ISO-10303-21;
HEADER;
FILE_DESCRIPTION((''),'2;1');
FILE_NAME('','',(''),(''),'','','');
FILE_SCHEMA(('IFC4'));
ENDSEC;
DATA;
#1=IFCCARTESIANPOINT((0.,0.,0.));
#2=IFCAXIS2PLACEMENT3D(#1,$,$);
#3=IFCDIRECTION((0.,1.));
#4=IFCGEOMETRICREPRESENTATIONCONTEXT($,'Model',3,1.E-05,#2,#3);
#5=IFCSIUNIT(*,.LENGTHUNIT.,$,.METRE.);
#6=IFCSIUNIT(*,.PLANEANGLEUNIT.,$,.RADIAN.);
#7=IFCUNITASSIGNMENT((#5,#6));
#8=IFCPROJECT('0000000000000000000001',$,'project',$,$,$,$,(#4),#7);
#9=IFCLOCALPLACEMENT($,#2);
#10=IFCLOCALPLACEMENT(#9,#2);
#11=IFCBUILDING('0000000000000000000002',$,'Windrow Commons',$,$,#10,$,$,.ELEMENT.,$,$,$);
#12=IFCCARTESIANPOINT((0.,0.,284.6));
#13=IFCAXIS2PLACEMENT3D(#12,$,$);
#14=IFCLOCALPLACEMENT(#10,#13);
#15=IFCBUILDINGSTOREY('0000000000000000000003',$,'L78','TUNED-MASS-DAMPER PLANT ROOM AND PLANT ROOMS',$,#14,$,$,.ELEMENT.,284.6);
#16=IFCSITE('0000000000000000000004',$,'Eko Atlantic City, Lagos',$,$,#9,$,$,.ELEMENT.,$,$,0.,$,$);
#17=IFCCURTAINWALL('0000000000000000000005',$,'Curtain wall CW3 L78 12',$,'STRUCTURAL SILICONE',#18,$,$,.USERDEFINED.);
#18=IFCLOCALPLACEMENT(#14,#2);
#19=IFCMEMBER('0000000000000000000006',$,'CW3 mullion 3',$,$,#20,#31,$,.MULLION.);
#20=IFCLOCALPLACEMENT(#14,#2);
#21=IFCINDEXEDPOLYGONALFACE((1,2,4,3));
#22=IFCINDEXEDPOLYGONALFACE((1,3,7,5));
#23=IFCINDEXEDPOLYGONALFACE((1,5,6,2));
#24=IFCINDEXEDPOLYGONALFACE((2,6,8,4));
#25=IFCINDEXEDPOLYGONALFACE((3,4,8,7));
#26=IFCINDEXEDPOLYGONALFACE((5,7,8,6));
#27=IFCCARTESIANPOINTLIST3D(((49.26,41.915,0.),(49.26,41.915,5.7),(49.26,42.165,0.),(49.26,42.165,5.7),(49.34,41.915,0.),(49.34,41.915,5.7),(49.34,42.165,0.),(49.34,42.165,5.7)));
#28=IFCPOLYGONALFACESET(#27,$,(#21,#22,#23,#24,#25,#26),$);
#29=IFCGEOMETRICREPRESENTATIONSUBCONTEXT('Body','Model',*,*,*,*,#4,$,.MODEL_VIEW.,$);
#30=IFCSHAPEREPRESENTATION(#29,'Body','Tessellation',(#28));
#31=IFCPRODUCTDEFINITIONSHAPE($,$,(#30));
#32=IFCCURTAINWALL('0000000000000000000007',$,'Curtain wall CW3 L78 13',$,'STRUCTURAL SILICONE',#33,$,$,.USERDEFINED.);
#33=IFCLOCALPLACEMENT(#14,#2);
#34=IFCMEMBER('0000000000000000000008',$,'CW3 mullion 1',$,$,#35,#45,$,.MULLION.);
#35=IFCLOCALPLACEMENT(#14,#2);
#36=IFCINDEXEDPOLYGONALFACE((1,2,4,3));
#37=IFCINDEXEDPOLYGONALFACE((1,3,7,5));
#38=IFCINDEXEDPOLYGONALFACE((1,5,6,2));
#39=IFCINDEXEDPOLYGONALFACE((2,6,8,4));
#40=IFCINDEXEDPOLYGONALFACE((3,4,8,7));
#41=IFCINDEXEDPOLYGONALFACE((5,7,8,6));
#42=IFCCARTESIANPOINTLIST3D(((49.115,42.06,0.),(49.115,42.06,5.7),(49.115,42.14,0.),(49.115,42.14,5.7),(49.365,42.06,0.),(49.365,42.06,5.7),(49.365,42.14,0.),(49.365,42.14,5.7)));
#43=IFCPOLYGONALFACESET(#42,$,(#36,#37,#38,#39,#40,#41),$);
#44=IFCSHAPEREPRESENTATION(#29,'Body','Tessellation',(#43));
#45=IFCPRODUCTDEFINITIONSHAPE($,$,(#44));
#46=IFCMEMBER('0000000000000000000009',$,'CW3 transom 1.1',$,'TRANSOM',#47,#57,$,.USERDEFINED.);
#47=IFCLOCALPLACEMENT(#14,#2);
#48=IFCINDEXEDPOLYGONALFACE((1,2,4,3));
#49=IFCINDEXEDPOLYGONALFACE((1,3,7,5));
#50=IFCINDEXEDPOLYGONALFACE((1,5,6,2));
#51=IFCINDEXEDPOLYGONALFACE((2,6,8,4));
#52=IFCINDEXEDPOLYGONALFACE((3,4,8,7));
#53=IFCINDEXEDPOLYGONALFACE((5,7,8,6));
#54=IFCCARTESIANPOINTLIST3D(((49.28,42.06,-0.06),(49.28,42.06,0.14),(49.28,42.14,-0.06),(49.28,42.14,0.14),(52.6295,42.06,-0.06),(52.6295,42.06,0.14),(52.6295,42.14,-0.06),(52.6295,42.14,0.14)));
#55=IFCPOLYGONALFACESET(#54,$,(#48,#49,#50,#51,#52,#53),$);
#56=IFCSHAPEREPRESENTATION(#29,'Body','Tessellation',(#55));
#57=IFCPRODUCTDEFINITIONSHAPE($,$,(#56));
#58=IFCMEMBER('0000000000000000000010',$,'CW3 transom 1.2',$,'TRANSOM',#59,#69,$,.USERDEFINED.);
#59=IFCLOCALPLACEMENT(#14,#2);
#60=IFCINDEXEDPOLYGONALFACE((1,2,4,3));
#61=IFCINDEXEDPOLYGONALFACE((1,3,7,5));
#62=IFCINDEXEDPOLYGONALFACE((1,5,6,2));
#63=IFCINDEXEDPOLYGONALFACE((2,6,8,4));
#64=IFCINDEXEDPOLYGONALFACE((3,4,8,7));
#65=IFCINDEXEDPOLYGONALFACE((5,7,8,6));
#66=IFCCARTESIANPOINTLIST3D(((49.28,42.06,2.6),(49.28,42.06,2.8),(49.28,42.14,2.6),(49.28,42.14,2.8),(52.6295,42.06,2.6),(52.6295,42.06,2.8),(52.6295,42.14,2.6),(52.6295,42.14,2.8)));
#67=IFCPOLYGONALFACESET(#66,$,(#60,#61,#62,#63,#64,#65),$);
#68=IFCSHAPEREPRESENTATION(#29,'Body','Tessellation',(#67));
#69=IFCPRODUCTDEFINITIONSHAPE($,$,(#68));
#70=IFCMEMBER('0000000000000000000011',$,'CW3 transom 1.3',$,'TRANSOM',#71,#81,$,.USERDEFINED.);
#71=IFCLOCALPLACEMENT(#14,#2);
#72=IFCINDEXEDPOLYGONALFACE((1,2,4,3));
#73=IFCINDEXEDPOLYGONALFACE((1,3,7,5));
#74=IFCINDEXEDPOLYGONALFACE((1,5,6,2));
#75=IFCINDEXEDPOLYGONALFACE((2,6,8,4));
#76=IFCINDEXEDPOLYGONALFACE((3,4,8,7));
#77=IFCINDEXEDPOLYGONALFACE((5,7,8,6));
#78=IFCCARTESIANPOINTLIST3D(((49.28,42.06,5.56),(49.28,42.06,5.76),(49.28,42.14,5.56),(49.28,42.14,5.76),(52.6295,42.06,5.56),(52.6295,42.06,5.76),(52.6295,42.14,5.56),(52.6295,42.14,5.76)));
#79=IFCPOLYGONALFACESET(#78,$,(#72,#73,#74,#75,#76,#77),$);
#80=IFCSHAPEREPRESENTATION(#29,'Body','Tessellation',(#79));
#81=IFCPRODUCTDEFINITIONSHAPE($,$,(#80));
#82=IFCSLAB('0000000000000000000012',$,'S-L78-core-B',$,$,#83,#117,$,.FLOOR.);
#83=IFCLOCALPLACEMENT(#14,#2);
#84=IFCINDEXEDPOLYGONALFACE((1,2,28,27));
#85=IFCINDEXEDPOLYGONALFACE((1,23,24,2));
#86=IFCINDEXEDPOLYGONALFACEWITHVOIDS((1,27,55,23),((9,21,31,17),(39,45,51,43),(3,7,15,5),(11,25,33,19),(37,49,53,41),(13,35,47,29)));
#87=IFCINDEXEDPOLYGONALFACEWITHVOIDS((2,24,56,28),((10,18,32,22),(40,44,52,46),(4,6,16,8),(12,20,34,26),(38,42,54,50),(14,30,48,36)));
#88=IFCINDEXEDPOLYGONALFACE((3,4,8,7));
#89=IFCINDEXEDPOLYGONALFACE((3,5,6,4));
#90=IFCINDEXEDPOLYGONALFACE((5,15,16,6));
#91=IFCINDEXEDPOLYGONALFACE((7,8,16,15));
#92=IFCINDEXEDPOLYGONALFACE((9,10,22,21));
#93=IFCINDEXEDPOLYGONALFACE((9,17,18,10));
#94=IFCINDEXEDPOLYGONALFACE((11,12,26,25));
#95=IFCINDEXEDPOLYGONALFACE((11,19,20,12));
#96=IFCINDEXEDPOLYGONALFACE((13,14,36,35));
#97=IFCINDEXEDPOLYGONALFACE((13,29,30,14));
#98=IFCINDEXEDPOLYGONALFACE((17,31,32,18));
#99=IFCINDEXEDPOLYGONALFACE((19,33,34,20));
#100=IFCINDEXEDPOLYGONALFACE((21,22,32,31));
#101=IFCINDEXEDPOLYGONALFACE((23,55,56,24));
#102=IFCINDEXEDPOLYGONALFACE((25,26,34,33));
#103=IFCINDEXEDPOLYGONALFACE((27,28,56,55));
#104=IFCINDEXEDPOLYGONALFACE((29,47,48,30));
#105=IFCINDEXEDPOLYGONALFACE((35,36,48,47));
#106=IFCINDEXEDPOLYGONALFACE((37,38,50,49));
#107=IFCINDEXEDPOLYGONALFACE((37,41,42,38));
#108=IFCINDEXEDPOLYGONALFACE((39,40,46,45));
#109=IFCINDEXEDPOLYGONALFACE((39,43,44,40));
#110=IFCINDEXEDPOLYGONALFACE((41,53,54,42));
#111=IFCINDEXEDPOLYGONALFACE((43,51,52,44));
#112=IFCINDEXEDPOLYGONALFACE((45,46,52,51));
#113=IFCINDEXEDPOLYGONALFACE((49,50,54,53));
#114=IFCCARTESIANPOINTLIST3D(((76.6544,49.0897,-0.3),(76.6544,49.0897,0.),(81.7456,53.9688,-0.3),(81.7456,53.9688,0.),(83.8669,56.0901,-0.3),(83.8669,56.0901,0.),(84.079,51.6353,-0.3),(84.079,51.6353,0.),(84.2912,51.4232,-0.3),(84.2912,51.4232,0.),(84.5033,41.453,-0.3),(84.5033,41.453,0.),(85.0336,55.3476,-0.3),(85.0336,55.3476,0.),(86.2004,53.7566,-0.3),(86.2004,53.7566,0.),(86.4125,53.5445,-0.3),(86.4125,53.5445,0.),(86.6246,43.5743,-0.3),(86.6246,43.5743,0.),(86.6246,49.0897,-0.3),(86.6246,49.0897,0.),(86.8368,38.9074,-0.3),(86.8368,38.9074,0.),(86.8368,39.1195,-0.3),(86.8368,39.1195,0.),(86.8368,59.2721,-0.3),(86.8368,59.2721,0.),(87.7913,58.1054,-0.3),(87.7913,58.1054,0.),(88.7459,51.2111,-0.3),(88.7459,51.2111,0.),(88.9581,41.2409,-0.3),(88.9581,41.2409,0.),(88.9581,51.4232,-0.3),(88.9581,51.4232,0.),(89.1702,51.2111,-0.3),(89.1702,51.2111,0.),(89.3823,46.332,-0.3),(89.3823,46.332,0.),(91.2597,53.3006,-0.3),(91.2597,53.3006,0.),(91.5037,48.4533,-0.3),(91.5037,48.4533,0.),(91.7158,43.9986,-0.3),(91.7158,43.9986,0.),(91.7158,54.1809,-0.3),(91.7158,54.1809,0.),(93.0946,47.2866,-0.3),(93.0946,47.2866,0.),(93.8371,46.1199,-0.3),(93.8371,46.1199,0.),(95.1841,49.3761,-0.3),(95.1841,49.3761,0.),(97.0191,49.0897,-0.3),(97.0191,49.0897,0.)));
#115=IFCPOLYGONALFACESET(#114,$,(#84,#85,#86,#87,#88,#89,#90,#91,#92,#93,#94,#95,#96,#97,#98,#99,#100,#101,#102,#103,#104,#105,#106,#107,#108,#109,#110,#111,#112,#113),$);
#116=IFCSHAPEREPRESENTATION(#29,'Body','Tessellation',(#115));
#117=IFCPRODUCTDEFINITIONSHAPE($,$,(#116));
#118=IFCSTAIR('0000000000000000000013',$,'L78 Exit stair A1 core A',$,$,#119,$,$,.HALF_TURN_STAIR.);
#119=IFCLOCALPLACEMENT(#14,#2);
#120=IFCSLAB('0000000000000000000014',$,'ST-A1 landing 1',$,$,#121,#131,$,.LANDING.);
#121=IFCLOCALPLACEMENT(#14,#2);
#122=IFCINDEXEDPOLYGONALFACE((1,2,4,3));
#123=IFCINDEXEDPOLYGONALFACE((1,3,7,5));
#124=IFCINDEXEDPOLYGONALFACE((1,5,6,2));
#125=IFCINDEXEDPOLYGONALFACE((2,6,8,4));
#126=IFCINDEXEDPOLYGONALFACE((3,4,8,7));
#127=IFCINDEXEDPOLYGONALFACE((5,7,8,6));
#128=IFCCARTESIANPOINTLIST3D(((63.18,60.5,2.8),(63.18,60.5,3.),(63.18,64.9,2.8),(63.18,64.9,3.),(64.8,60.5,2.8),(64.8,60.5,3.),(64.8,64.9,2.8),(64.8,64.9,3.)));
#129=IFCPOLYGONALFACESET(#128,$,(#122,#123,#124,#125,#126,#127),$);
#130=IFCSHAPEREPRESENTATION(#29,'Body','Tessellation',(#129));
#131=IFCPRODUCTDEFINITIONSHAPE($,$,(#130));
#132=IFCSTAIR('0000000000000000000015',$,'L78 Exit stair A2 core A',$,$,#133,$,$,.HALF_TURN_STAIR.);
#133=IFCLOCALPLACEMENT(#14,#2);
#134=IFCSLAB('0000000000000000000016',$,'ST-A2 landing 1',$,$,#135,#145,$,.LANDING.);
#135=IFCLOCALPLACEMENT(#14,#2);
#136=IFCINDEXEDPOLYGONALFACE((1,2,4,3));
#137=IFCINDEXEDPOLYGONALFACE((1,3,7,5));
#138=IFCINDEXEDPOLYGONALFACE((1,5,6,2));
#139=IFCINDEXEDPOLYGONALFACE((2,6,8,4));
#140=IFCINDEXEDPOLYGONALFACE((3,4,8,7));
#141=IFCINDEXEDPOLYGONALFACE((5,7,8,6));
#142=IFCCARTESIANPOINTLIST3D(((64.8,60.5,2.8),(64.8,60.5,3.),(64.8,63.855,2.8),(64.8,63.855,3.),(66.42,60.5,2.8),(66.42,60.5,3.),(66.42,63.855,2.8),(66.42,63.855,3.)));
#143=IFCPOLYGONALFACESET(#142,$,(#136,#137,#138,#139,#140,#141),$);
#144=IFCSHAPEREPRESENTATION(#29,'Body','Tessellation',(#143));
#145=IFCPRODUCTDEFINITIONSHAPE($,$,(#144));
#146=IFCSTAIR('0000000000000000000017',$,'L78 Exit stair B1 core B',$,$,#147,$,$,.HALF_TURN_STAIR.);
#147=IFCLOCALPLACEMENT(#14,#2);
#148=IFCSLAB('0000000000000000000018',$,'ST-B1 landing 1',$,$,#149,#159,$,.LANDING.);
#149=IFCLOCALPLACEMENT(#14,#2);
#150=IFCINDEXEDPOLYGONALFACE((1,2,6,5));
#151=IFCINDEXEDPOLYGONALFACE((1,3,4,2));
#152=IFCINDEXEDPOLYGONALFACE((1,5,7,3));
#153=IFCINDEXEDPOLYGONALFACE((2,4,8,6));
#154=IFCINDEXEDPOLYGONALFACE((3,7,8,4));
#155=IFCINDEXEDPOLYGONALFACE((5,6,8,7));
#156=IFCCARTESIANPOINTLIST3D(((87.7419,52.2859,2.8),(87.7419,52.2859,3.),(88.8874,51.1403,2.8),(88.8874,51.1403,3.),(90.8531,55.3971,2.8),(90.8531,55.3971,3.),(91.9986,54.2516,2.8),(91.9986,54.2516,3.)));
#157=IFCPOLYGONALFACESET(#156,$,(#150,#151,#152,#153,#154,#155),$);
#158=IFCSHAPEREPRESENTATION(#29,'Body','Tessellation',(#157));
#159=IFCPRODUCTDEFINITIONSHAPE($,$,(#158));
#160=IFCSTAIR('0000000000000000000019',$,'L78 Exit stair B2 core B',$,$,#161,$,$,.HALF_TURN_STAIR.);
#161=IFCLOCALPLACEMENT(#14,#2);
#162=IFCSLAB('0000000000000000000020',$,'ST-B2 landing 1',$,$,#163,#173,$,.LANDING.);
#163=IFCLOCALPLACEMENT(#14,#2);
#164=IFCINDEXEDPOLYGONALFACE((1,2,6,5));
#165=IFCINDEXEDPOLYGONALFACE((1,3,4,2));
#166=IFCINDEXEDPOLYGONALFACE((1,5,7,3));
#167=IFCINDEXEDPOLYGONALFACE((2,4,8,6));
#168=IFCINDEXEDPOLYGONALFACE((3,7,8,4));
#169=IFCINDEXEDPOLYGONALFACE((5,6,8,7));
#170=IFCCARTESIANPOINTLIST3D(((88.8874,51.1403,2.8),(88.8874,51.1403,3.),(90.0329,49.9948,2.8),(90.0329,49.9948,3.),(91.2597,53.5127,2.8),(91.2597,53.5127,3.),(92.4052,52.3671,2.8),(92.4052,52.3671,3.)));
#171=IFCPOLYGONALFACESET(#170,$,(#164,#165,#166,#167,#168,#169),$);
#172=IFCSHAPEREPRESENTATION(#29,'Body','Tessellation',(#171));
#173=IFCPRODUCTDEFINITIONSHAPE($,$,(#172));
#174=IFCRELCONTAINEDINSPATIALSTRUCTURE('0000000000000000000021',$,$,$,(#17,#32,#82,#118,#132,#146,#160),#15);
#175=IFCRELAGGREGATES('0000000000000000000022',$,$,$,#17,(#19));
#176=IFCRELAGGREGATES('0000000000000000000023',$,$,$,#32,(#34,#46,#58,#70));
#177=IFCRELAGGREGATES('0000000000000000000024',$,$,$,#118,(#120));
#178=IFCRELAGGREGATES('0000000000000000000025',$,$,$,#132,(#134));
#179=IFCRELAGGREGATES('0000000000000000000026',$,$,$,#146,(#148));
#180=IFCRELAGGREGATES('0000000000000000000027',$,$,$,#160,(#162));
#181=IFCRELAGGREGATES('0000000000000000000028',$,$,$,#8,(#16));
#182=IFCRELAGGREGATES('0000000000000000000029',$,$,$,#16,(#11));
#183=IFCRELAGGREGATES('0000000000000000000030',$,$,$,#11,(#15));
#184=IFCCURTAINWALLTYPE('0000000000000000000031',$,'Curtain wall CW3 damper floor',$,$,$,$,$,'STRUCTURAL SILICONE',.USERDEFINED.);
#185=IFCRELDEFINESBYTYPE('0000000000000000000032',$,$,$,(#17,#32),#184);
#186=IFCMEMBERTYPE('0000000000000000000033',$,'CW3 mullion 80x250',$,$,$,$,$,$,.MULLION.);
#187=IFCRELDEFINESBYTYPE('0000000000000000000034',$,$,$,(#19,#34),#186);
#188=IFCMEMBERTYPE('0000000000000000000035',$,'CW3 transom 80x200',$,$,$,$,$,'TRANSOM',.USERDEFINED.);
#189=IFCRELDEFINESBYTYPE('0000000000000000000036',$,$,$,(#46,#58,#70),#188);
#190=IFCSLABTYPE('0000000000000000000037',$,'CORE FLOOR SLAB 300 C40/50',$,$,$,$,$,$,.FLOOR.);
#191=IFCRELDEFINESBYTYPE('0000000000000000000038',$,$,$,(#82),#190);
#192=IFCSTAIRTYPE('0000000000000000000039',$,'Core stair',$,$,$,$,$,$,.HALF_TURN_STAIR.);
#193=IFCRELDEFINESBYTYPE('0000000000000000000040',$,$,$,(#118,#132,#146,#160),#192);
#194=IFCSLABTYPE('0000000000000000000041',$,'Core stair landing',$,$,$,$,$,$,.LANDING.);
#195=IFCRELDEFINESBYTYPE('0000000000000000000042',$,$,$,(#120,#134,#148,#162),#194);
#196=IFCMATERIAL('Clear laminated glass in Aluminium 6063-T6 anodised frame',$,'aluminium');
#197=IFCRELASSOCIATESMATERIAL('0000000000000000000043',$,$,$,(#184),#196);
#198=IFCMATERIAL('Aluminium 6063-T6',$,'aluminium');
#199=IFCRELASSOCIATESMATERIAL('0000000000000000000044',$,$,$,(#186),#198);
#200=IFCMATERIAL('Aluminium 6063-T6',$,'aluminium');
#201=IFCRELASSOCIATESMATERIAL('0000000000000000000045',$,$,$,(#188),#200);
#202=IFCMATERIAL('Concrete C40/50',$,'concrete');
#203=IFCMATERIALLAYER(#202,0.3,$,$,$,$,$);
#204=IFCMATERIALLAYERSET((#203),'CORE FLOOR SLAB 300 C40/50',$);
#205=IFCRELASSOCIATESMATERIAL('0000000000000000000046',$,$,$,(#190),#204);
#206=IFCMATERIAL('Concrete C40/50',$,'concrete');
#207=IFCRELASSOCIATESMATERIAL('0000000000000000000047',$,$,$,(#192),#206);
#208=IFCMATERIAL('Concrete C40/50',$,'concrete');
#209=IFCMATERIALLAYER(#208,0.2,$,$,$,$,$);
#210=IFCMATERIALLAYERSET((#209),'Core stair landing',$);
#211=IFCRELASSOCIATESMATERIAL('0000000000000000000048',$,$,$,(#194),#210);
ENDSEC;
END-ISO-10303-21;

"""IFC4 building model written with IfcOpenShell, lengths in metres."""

from ifc_helpers import new_model, si_unit, direction, frame, origin, origin_2d, place, context, subcontext, project, spatial, polyline, rectangle, outline, extrude, material, layer, layer_set, material_profile, profile_set, type_object, element, aggregate, save


model = new_model("IFC4")

# Units and contexts
model_context = context("Model", 3, precision=1e-05, world=origin(), true_north=direction((0.0, 1.0)))
body_context = subcontext(model_context, "Body", "Model", "MODEL_VIEW")
ifc_project = project(units=[si_unit("LENGTHUNIT", "METRE"), si_unit("PLANEANGLEUNIT", "RADIAN")], contexts=[model_context])

# Site, building, storey
site_placement = place(None, origin())
site = spatial("IfcSite", under=ifc_project, at=site_placement, Name="Eko Atlantic City, Lagos", CompositionType="ELEMENT", RefElevation=0.0)
building_placement = place(site_placement, origin())
building = spatial("IfcBuilding", under=site, at=building_placement, Name="Windrow Commons", CompositionType="ELEMENT")
storey_placement = place(building_placement, frame((0.0, 0.0, 284.6)))
storey = spatial("IfcBuildingStorey", under=building, at=storey_placement, Name="L78", Description="TUNED-MASS-DAMPER PLANT ROOM AND PLANT ROOMS", CompositionType="ELEMENT", Elevation=284.6)

# Curtain wall, member
ifc_material_1 = material(Name="Clear laminated glass in Aluminium 6063-T6 anodised frame", Category="aluminium")
curtain_wall_type = type_object("IfcCurtainWallType", Name="Curtain wall CW3 damper floor", ElementType="STRUCTURAL SILICONE", PredefinedType="USERDEFINED", material=ifc_material_1)
placement_1 = place(storey_placement, origin())
curtain_wall_1 = element("IfcCurtainWall", 1, at=placement_1, inside=storey, type_object=curtain_wall_type, Name="Curtain wall CW3 L78 12", ObjectType="STRUCTURAL SILICONE", PredefinedType="USERDEFINED")
ifc_material_2 = material(Name="Aluminium 6063-T6", Category="aluminium")
ifc_material_profile_1 = material_profile(ifc_material_2, rectangle(XDim=0.08, YDim=0.25, at=origin_2d()))
ifc_profile_set_1 = profile_set([ifc_material_profile_1], Name="Aluminium 6063-T6")
member_type_1 = type_object("IfcMemberType", Name="CW3 mullion 80x250", PredefinedType="MULLION", material=ifc_profile_set_1)
member_1_placement = place(storey_placement, frame((49.3, 42.04, 0.0), z_axis=(0.0, 0.0, 1.0), x_axis=(1.0, 0.0, 0.0)))
member_1 = element("IfcMember", 2, at=member_1_placement, type_object=member_type_1, Name="CW3 mullion 3", PredefinedType="MULLION", context=body_context, shape_type="SweptSolid", body=[
    extrude(rectangle(XDim=0.08, YDim=0.25, at=origin_2d()), origin(), (0.0, 0.0, 1.0), 5.7),
])
aggregate(curtain_wall_1, [member_1])

# Curtain wall, members
curtain_wall_2 = element("IfcCurtainWall", 3, at=placement_1, inside=storey, type_object=curtain_wall_type, Name="Curtain wall CW3 L78 13", ObjectType="STRUCTURAL SILICONE", PredefinedType="USERDEFINED")
member_2_placement = place(storey_placement, frame((49.24, 42.1, 0.0), z_axis=(0.0, 0.0, 1.0), x_axis=(0.0, 1.0, 0.0)))
member_2 = element("IfcMember", 4, at=member_2_placement, type_object=member_type_1, Name="CW3 mullion 1", PredefinedType="MULLION", context=body_context, shape_type="SweptSolid", body=[
    extrude(rectangle(XDim=0.08, YDim=0.25, at=origin_2d()), origin(), (0.0, 0.0, 1.0), 5.7),
])
ifc_material_3 = material(Name="Aluminium 6063-T6", Category="aluminium")
ifc_material_profile_2 = material_profile(ifc_material_3, rectangle(XDim=0.08, YDim=0.2, at=origin_2d()))
ifc_profile_set_2 = profile_set([ifc_material_profile_2], Name="Aluminium 6063-T6")
member_type_2 = type_object("IfcMemberType", Name="CW3 transom 80x200", ElementType="TRANSOM", PredefinedType="USERDEFINED", material=ifc_profile_set_2)
member_3_placement = place(storey_placement, frame((49.28, 42.1, 0.04), z_axis=(1.0, 0.0, 0.0), x_axis=(0.0, 1.0, 0.0)))
member_3 = element("IfcMember", 5, at=member_3_placement, type_object=member_type_2, Name="CW3 transom 1.1", ObjectType="TRANSOM", PredefinedType="USERDEFINED", context=body_context, shape_type="SweptSolid", body=[
    extrude(rectangle(XDim=0.08, YDim=0.2, at=origin_2d()), origin(), (0.0, 0.0, 1.0), 3.3495),
])
member_4_placement = place(storey_placement, frame((49.28, 42.1, 2.7), z_axis=(1.0, 0.0, 0.0), x_axis=(0.0, 1.0, 0.0)))
member_4 = element("IfcMember", 6, at=member_4_placement, type_object=member_type_2, Name="CW3 transom 1.2", ObjectType="TRANSOM", PredefinedType="USERDEFINED", context=body_context, shape_type="SweptSolid", body=[
    extrude(rectangle(XDim=0.08, YDim=0.2, at=origin_2d()), origin(), (0.0, 0.0, 1.0), 3.3495),
])
member_5_placement = place(storey_placement, frame((49.28, 42.1, 5.66), z_axis=(1.0, 0.0, 0.0), x_axis=(0.0, 1.0, 0.0)))
member_5 = element("IfcMember", 7, at=member_5_placement, type_object=member_type_2, Name="CW3 transom 1.3", ObjectType="TRANSOM", PredefinedType="USERDEFINED", context=body_context, shape_type="SweptSolid", body=[
    extrude(rectangle(XDim=0.08, YDim=0.2, at=origin_2d()), origin(), (0.0, 0.0, 1.0), 3.3495),
])
aggregate(curtain_wall_2, [member_2, member_3, member_4, member_5])

# Slab, openings
ifc_material_4 = material(Name="Concrete C40/50", Category="concrete")
ifc_layer_1 = layer(ifc_material_4, 0.3)
ifc_layer_set_1 = layer_set([ifc_layer_1], Name="CORE FLOOR SLAB 300 C40/50")
slab_type_1 = type_object("IfcSlabType", Name="CORE FLOOR SLAB 300 C40/50", PredefinedType="FLOOR", material=ifc_layer_set_1)
placement_2 = place(storey_placement, frame((0.0, 0.0, -0.3)))
slab_1 = element("IfcSlab", 8, at=placement_2, inside=storey, type_object=slab_type_1, Name="S-L78-core-B", PredefinedType="FLOOR", context=body_context, shape_type="SweptSolid", body=[
    extrude(outline(polyline([(76.6544, 49.0897), (86.8368, 38.9074), (97.0191, 49.0897), (86.8368, 59.2721), (76.6544, 49.0897)]), holes=[polyline([(84.5033, 41.453), (86.8368, 39.1195), (88.9581, 41.2409), (86.6246, 43.5743), (84.5033, 41.453)]), polyline([(81.7456, 53.9688), (84.079, 51.6353), (86.2004, 53.7566), (83.8669, 56.0901), (81.7456, 53.9688)]), polyline([(84.2912, 51.4232), (86.6246, 49.0897), (88.7459, 51.2111), (86.4125, 53.5445), (84.2912, 51.4232)]), polyline([(89.3823, 46.332), (91.7158, 43.9986), (93.8371, 46.1199), (91.5037, 48.4533), (89.3823, 46.332)]), polyline([(85.0336, 55.3476), (88.9581, 51.4232), (91.7158, 54.1809), (87.7913, 58.1054), (85.0336, 55.3476)]), polyline([(89.1702, 51.2111), (93.0946, 47.2866), (95.1841, 49.3761), (91.2597, 53.3006), (89.1702, 51.2111)])]), origin(), (0.0, 0.0, 1.0), 0.3),
])
opening_1_placement = place(placement_2, origin())
element("IfcOpeningElement", 9, at=opening_1_placement, cuts=slab_1, PredefinedType="OPENING", context=body_context, shape_type="SweptSolid", body=[
    extrude(outline(polyline([(84.5104, 41.453), (86.6246, 43.5672), (88.951, 41.2409), (86.8368, 39.1266), (84.5104, 41.453)])), origin(), (0.0, 0.0, 1.0), 0.3),
])
opening_2_placement = place(placement_2, origin())
element("IfcOpeningElement", 10, at=opening_2_placement, cuts=slab_1, PredefinedType="OPENING", context=body_context, shape_type="SweptSolid", body=[
    extrude(outline(polyline([(81.7527, 53.9688), (83.8669, 56.083), (86.1933, 53.7566), (84.079, 51.6424), (81.7527, 53.9688)])), origin(), (0.0, 0.0, 1.0), 0.3),
])
opening_3_placement = place(placement_2, origin())
element("IfcOpeningElement", 11, at=opening_3_placement, cuts=slab_1, PredefinedType="OPENING", context=body_context, shape_type="SweptSolid", body=[
    extrude(outline(polyline([(84.2983, 51.4232), (86.4125, 53.5374), (88.7388, 51.2111), (86.6246, 49.0968), (84.2983, 51.4232)])), origin(), (0.0, 0.0, 1.0), 0.3),
])
opening_4_placement = place(placement_2, origin())
element("IfcOpeningElement", 12, at=opening_4_placement, cuts=slab_1, PredefinedType="OPENING", context=body_context, shape_type="SweptSolid", body=[
    extrude(outline(polyline([(89.3894, 46.332), (91.5037, 48.4462), (93.83, 46.1199), (91.7158, 44.0057), (89.3894, 46.332)])), origin(), (0.0, 0.0, 1.0), 0.3),
])
opening_5_placement = place(placement_2, origin())
element("IfcOpeningElement", 13, at=opening_5_placement, cuts=slab_1, PredefinedType="OPENING", context=body_context, shape_type="SweptSolid", body=[
    extrude(outline(polyline([(85.0407, 55.3476), (87.7913, 58.0983), (91.7087, 54.1809), (88.9581, 51.4303), (85.0407, 55.3476)])), origin(), (0.0, 0.0, 1.0), 0.3),
])
opening_6_placement = place(placement_2, origin())
element("IfcOpeningElement", 14, at=opening_6_placement, cuts=slab_1, PredefinedType="OPENING", context=body_context, shape_type="SweptSolid", body=[
    extrude(outline(polyline([(89.1773, 51.2111), (91.2597, 53.2935), (95.177, 49.3761), (93.0946, 47.2937), (89.1773, 51.2111)])), origin(), (0.0, 0.0, 1.0), 0.3),
])

# Stairs, slabs
ifc_material_5 = material(Name="Concrete C40/50", Category="concrete")
stair_type = type_object("IfcStairType", Name="Core stair", PredefinedType="HALF_TURN_STAIR", material=ifc_material_5)
stair_1 = element("IfcStair", 15, at=placement_1, inside=storey, type_object=stair_type, Name="L78 Exit stair A1 core A", PredefinedType="HALF_TURN_STAIR")
ifc_material_6 = material(Name="Concrete C40/50", Category="concrete")
ifc_layer_2 = layer(ifc_material_6, 0.2)
ifc_layer_set_2 = layer_set([ifc_layer_2], Name="Core stair landing")
slab_type_2 = type_object("IfcSlabType", Name="Core stair landing", PredefinedType="LANDING", material=ifc_layer_set_2)
placement_3 = place(storey_placement, frame((0.0, 0.0, 2.8)))
slab_2 = element("IfcSlab", 16, at=placement_3, type_object=slab_type_2, Name="ST-A1 landing 1", PredefinedType="LANDING", context=body_context, shape_type="SweptSolid", body=[
    extrude(outline(polyline([(63.18, 60.5), (64.8, 60.5), (64.8, 64.9), (63.18, 64.9), (63.18, 60.5)])), origin(), (0.0, 0.0, 1.0), 0.2),
])
aggregate(stair_1, [slab_2])
stair_2 = element("IfcStair", 17, at=placement_1, inside=storey, type_object=stair_type, Name="L78 Exit stair A2 core A", PredefinedType="HALF_TURN_STAIR")
slab_3 = element("IfcSlab", 18, at=placement_3, type_object=slab_type_2, Name="ST-A2 landing 1", PredefinedType="LANDING", context=body_context, shape_type="SweptSolid", body=[
    extrude(outline(polyline([(64.8, 60.5), (66.42, 60.5), (66.42, 63.855), (64.8, 63.855), (64.8, 60.5)])), origin(), (0.0, 0.0, 1.0), 0.2),
])
aggregate(stair_2, [slab_3])
stair_3 = element("IfcStair", 19, at=placement_1, inside=storey, type_object=stair_type, Name="L78 Exit stair B1 core B", PredefinedType="HALF_TURN_STAIR")
slab_4 = element("IfcSlab", 20, at=placement_3, type_object=slab_type_2, Name="ST-B1 landing 1", PredefinedType="LANDING", context=body_context, shape_type="SweptSolid", body=[
    extrude(outline(polyline([(87.7419, 52.2859), (88.8874, 51.1403), (91.9986, 54.2516), (90.8531, 55.3971), (87.7419, 52.2859)])), origin(), (0.0, 0.0, 1.0), 0.2),
])
aggregate(stair_3, [slab_4])
stair_4 = element("IfcStair", 21, at=placement_1, inside=storey, type_object=stair_type, Name="L78 Exit stair B2 core B", PredefinedType="HALF_TURN_STAIR")
slab_5 = element("IfcSlab", 22, at=placement_3, type_object=slab_type_2, Name="ST-B2 landing 1", PredefinedType="LANDING", context=body_context, shape_type="SweptSolid", body=[
    extrude(outline(polyline([(88.8874, 51.1403), (90.0329, 49.9948), (92.4052, 52.3671), (91.2597, 53.5127), (88.8874, 51.1403)])), origin(), (0.0, 0.0, 1.0), 0.2),
])
aggregate(stair_4, [slab_5])

save(model, "model.ifc")
